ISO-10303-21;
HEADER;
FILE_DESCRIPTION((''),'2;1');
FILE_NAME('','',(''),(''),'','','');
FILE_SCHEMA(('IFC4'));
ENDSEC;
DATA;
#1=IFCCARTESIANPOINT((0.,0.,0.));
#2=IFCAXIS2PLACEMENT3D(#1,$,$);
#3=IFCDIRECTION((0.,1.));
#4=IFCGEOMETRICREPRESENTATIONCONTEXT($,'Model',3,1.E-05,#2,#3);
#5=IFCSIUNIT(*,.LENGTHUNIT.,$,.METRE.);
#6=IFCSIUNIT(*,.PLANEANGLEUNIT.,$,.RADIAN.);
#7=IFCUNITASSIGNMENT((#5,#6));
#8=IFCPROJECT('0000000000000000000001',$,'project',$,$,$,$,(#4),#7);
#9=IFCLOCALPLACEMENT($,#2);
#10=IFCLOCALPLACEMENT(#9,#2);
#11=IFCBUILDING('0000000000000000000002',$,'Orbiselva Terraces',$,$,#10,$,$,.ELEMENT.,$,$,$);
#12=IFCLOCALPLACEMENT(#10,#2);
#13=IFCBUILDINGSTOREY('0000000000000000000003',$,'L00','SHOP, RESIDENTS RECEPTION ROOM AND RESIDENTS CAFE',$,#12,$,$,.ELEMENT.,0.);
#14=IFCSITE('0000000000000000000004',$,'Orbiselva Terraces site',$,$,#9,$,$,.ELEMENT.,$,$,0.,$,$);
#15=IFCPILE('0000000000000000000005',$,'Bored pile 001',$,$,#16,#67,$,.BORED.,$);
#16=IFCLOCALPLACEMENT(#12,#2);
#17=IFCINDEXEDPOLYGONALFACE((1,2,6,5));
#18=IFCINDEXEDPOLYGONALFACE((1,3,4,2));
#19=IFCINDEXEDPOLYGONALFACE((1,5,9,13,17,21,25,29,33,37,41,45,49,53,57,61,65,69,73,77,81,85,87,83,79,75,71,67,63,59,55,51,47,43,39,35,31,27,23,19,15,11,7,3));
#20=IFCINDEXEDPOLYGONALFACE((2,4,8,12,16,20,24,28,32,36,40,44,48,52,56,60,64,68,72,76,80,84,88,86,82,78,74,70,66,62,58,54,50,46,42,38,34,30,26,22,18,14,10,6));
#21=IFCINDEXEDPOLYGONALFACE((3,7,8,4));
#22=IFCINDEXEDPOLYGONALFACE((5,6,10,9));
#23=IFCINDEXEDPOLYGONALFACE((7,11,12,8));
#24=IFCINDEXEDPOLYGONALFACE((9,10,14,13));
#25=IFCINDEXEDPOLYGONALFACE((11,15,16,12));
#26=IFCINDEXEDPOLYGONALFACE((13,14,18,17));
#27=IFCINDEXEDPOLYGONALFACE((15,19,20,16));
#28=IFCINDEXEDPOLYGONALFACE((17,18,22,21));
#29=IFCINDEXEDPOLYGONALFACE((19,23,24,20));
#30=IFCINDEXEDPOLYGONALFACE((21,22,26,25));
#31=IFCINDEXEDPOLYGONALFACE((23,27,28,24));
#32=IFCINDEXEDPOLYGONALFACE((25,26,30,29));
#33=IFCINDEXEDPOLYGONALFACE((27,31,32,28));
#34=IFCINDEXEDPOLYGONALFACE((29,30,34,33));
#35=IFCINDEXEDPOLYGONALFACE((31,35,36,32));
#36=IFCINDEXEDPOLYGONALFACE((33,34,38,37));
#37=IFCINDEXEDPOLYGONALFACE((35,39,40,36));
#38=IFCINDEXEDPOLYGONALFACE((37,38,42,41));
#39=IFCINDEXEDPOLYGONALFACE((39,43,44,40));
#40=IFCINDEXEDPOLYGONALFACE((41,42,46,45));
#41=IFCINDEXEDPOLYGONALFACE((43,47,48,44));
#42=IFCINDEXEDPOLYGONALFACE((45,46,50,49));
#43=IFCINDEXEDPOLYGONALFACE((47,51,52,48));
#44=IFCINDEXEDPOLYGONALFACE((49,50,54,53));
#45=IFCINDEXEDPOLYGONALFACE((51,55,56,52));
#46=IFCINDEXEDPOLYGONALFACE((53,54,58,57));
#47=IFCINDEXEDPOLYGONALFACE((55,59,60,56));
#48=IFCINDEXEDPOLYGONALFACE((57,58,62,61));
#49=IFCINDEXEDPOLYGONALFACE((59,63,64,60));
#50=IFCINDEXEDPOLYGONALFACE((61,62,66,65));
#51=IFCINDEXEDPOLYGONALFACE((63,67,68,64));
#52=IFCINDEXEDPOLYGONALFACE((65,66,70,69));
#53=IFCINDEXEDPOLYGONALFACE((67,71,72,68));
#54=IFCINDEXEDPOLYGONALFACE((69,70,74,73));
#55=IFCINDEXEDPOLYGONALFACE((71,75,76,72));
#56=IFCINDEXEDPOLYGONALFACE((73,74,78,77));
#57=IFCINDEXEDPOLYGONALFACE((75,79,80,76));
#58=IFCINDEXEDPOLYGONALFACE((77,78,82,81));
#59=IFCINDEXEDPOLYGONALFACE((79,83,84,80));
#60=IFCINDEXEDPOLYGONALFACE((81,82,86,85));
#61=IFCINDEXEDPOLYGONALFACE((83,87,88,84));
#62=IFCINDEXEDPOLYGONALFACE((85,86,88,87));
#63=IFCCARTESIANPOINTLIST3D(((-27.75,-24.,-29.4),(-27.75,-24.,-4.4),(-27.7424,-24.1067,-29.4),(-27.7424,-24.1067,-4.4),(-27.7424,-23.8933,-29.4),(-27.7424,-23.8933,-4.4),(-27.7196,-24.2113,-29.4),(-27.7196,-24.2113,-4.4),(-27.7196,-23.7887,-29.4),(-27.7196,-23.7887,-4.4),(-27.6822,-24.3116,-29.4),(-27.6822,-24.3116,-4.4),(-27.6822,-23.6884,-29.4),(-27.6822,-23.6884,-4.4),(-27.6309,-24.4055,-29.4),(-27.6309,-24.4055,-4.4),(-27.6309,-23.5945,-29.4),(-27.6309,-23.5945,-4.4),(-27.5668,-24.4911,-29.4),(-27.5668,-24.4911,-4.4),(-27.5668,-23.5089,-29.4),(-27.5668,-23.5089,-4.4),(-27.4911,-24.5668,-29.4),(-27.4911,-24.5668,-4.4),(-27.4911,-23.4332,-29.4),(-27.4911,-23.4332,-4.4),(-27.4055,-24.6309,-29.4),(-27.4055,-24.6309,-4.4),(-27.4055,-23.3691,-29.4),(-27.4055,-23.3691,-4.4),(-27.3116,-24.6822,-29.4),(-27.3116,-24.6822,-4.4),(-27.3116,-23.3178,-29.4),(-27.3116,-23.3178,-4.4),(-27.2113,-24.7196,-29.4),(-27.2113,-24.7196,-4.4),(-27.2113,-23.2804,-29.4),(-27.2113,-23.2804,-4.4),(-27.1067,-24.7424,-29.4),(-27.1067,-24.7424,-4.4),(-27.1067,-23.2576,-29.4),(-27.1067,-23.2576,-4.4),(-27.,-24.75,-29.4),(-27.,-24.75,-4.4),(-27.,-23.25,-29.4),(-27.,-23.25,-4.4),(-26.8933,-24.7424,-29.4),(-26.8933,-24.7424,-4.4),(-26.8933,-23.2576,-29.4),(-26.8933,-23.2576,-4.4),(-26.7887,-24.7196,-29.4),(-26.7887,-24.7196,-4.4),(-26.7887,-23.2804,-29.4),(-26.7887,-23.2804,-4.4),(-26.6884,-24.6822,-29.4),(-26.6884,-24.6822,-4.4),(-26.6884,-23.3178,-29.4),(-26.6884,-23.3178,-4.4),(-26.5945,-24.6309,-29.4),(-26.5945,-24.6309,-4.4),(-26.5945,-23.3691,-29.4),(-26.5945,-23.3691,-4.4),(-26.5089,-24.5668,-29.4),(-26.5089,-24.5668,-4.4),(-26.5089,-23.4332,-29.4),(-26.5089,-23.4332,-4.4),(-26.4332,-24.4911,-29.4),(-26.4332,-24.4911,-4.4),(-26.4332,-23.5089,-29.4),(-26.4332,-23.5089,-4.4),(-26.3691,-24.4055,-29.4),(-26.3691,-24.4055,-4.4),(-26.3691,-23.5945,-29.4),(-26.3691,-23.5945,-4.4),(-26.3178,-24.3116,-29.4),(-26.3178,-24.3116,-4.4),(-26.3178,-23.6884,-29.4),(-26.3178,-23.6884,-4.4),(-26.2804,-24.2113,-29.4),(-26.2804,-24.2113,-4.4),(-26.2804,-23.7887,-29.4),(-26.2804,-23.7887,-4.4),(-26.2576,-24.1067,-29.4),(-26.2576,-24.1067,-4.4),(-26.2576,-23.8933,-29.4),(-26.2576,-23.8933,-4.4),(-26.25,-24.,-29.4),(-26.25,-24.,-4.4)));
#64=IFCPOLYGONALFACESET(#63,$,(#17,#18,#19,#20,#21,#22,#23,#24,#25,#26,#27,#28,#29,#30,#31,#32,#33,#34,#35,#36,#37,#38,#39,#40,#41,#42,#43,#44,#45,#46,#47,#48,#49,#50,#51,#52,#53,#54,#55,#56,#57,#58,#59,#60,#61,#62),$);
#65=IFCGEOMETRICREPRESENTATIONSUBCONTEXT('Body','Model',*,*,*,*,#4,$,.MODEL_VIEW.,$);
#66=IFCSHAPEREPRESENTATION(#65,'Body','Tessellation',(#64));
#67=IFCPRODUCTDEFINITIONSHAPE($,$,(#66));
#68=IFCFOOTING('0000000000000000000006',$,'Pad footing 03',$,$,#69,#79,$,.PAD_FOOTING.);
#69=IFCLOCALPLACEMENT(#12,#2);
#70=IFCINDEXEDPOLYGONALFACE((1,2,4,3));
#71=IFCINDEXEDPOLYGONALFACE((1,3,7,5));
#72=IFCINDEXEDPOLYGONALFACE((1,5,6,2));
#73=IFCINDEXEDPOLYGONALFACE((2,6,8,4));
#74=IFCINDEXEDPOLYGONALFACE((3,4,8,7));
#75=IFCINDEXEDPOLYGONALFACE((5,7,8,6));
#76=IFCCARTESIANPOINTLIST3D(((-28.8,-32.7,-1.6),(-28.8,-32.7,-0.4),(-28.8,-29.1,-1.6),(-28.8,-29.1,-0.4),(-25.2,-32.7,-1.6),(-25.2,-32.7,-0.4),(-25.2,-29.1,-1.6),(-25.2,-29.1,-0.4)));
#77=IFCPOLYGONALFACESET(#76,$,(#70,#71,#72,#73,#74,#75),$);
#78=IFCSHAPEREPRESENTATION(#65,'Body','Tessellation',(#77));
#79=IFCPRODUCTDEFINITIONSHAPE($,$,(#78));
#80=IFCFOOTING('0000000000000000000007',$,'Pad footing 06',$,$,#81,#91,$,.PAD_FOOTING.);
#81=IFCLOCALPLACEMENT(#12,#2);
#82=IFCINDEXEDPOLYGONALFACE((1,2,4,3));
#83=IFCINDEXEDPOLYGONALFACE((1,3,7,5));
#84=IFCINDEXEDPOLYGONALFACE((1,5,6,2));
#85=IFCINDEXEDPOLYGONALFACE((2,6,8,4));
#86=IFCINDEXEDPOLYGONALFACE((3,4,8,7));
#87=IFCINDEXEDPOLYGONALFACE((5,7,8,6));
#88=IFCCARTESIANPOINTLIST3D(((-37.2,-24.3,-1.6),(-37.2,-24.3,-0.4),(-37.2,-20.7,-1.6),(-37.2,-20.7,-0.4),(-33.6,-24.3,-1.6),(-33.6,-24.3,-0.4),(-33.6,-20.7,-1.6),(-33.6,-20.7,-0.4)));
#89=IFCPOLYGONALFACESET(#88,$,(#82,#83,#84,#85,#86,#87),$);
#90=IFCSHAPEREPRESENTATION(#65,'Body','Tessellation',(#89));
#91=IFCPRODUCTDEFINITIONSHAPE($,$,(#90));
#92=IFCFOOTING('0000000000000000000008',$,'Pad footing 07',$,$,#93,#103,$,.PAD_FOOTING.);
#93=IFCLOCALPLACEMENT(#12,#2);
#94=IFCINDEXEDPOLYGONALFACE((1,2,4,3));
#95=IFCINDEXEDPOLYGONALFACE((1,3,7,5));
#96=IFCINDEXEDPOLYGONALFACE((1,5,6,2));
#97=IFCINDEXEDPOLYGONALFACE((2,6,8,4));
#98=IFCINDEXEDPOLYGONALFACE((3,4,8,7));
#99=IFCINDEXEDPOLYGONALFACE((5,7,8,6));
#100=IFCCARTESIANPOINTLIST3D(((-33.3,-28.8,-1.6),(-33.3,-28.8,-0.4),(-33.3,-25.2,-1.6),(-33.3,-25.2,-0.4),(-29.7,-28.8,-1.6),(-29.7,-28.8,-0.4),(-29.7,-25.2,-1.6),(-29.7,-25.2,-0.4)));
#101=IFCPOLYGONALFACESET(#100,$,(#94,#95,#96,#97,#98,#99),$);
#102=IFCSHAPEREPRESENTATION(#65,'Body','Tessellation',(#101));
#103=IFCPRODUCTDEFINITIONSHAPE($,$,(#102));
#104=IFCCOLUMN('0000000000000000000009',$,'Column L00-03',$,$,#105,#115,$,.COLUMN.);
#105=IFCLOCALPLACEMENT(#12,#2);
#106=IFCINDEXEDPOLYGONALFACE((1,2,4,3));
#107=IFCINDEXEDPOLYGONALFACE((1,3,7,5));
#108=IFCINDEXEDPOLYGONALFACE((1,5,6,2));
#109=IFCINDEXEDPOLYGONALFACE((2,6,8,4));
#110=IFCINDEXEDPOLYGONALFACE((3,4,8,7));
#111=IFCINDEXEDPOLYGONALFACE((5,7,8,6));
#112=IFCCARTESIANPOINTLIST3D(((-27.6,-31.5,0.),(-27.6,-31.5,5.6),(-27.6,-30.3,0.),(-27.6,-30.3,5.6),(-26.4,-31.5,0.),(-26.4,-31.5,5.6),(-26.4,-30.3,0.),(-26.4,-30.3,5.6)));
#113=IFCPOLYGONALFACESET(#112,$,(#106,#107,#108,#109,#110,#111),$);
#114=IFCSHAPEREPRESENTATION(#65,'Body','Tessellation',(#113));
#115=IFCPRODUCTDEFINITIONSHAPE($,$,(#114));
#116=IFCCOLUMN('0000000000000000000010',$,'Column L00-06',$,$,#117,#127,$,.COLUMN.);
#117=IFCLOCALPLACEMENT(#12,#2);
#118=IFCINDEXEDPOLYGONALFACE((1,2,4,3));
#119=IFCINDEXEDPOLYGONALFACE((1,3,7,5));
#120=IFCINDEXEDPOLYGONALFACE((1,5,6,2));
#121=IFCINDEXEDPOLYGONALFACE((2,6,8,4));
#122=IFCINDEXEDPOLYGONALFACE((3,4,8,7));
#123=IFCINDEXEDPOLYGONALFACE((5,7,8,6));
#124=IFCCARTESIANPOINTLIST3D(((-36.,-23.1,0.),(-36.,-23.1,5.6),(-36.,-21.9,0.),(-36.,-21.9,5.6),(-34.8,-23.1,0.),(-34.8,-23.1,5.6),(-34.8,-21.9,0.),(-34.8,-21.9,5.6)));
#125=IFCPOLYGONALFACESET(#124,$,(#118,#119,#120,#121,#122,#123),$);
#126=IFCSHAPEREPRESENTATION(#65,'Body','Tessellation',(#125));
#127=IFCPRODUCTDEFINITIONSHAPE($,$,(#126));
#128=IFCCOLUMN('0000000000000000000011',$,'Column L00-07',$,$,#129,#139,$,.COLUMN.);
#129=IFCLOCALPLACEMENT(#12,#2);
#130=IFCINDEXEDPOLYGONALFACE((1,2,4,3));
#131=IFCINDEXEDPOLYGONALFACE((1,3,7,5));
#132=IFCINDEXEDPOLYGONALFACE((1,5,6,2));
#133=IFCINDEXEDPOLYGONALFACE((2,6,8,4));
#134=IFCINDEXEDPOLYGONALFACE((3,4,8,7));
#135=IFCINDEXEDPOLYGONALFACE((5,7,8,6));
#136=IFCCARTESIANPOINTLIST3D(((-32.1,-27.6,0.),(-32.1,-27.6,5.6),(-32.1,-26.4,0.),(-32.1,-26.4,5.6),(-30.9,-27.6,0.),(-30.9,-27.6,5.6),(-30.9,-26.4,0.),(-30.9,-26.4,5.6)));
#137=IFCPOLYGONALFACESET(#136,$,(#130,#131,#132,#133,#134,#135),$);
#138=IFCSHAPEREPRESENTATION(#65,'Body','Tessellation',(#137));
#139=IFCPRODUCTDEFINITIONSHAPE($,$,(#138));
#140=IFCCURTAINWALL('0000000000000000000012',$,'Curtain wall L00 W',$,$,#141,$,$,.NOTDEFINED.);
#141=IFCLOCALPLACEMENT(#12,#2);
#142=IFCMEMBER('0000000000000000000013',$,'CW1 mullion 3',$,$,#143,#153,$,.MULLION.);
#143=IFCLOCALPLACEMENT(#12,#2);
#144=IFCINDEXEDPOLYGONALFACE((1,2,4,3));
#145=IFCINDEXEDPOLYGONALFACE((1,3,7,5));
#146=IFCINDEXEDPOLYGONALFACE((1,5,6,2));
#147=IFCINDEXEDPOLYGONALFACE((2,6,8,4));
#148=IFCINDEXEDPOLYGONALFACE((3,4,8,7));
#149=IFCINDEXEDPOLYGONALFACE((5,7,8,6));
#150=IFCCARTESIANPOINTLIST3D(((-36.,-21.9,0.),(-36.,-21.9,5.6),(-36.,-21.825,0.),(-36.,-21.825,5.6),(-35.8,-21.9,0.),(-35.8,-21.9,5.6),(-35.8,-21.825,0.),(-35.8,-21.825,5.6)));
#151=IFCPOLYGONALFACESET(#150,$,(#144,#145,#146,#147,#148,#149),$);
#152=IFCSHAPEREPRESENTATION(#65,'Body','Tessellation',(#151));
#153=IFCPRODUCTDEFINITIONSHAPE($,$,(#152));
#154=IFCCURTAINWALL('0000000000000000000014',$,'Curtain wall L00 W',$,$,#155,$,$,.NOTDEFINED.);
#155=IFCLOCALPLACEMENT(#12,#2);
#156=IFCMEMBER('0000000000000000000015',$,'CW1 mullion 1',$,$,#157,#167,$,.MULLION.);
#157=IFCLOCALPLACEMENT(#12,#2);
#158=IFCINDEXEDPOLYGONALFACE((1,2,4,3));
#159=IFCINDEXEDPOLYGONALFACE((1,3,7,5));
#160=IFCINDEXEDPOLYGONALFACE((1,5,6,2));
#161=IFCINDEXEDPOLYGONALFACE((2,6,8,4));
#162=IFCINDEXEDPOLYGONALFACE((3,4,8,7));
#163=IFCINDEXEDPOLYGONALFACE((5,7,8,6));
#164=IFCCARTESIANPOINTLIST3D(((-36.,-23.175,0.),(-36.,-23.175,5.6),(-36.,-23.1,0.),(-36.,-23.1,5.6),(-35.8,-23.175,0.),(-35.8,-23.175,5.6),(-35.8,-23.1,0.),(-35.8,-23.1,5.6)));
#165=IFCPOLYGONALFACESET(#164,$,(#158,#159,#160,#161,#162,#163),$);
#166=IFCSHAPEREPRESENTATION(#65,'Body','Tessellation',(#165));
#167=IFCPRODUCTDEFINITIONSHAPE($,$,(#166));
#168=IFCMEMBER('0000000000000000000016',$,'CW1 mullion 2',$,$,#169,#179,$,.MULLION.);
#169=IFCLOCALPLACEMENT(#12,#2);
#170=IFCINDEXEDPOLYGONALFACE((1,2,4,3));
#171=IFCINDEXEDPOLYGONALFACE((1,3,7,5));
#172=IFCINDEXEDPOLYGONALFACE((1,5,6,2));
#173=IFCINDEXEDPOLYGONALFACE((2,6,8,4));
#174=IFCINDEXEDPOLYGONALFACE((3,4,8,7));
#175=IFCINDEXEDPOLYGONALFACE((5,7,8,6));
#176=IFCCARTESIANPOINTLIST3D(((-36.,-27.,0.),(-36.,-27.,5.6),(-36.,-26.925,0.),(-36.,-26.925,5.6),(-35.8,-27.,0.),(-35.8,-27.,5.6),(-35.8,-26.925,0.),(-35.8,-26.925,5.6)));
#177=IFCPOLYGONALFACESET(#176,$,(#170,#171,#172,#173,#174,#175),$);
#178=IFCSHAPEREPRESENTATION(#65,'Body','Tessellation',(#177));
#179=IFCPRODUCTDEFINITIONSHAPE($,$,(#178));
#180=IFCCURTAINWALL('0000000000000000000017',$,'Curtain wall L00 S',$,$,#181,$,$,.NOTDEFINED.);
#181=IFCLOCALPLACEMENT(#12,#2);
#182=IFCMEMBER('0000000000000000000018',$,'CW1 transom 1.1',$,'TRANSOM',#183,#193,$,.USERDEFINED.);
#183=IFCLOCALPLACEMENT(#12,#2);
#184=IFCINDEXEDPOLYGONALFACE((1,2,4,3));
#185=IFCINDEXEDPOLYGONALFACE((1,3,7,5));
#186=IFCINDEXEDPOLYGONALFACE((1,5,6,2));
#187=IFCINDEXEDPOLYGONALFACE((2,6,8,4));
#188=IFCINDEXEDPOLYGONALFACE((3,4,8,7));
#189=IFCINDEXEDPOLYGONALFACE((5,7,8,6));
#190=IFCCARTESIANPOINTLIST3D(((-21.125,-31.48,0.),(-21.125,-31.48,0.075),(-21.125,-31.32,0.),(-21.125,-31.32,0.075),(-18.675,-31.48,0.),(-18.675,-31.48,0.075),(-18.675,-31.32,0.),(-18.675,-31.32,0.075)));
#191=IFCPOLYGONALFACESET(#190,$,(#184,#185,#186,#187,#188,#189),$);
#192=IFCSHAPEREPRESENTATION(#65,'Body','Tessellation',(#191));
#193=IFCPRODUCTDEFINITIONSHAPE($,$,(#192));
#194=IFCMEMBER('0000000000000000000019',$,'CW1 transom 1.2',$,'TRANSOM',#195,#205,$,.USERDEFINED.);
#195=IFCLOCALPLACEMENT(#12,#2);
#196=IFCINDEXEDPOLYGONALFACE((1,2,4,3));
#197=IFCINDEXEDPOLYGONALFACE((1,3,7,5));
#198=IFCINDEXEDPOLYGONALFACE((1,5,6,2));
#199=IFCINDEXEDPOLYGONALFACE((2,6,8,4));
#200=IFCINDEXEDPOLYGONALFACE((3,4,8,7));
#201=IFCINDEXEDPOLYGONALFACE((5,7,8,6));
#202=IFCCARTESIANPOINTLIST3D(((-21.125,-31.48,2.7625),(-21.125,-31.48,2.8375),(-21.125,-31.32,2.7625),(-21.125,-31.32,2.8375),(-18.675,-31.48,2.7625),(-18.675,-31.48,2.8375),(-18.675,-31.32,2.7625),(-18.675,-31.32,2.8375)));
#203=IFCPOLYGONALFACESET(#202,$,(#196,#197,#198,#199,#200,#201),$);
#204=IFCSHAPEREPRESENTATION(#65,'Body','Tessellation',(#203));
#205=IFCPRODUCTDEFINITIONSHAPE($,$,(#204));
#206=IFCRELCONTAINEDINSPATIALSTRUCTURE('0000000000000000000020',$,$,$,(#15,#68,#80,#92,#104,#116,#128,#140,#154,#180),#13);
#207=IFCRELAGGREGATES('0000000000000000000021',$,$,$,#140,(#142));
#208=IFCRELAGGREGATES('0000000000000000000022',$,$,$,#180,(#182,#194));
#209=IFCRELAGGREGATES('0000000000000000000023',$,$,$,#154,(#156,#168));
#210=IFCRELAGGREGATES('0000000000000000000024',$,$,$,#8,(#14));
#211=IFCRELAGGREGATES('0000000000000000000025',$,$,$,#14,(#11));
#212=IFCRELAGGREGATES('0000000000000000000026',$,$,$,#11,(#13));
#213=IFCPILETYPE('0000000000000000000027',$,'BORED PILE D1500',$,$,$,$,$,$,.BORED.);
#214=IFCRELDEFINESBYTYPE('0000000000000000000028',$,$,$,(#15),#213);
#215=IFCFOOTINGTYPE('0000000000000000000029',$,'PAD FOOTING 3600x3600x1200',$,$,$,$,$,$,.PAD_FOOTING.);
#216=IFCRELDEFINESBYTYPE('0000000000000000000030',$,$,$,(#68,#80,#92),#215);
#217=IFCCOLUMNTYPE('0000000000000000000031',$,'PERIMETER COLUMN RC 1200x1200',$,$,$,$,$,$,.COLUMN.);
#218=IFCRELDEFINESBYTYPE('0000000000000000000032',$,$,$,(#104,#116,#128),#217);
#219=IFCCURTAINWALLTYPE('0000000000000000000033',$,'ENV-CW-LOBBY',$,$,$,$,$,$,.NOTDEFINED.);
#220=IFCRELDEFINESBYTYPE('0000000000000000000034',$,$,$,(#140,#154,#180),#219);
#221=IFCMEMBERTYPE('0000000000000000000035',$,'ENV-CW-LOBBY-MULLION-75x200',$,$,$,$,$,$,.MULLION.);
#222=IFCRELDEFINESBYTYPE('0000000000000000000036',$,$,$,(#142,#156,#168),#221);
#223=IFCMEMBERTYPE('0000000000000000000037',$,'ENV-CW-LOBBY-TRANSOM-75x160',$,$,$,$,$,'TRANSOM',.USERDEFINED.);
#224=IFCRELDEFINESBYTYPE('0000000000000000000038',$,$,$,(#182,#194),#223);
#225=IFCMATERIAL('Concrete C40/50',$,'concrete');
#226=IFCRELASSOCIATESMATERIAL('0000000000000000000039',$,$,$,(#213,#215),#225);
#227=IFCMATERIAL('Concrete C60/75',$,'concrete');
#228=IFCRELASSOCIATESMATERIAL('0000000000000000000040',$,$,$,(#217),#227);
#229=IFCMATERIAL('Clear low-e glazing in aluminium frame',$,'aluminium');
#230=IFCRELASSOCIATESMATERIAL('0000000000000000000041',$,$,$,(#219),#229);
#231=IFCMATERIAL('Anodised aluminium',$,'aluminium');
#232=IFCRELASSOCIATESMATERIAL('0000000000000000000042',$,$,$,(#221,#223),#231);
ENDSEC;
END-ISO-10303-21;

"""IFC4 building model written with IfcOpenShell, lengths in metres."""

from ifc_helpers import new_model, si_unit, direction, frame, origin, origin_2d, place, context, subcontext, project, spatial, rectangle, circle, extrude, material, material_profile, profile_set, type_object, element, aggregate, save


model = new_model("IFC4")

# Units and contexts
model_context = context("Model", 3, precision=1e-05, world=origin(), true_north=direction((0.0, 1.0)))
body_context = subcontext(model_context, "Body", "Model", "MODEL_VIEW")
ifc_project = project(units=[si_unit("LENGTHUNIT", "METRE"), si_unit("PLANEANGLEUNIT", "RADIAN")], contexts=[model_context])

# Site, building, storey
site_placement = place(None, origin())
site = spatial("IfcSite", under=ifc_project, at=site_placement, Name="Orbiselva Terraces site", CompositionType="ELEMENT", RefElevation=0.0)
building_placement = place(site_placement, origin())
building = spatial("IfcBuilding", under=site, at=building_placement, Name="Orbiselva Terraces", CompositionType="ELEMENT")
storey_placement = place(building_placement, origin())
storey = spatial("IfcBuildingStorey", under=building, at=storey_placement, Name="L00", Description="SHOP, RESIDENTS RECEPTION ROOM AND RESIDENTS CAFE", CompositionType="ELEMENT", Elevation=0.0)

# Pile
ifc_material_1 = material(Name="Concrete C40/50", Category="concrete")
ifc_material_profile_1 = material_profile(ifc_material_1, circle(Radius=0.75, at=origin_2d()), Name="D1500")
ifc_profile_set_1 = profile_set([ifc_material_profile_1], Name="Concrete C40/50")
pile_type = type_object("IfcPileType", Name="BORED PILE D1500", PredefinedType="BORED", material=ifc_profile_set_1)
pile_placement = place(storey_placement, frame((-27.0, -24.0, -4.4), z_axis=(0.0, 0.0, -1.0), x_axis=(1.0, 0.0, 0.0)))
element("IfcPile", 1, at=pile_placement, inside=storey, type_object=pile_type, Name="Bored pile 001", PredefinedType="BORED", context=body_context, shape_type="SweptSolid", body=[
    extrude(circle(Radius=0.75, at=origin_2d()), origin(), (0.0, 0.0, 1.0), 25.0),
])

# Footings
footing_type = type_object("IfcFootingType", Name="PAD FOOTING 3600x3600x1200", PredefinedType="PAD_FOOTING", material=ifc_material_1)
for number, where, z_axis, x_axis, name in (
    (2, (-27.0, -30.9, -1.6), (0.0, 0.0, 1.0), (1.0, 0.0, 0.0), "Pad footing 03"),
    (3, (-35.4, -22.5, -1.6), (0.0, 0.0, 1.0), (1.0, 0.0, 0.0), "Pad footing 06"),
    (4, (-31.5, -27.0, -1.6), (0.0, 0.0, 1.0), (1.0, 0.0, 0.0), "Pad footing 07"),
):
    element("IfcFooting", number, at=place(storey_placement, frame(where, z_axis=z_axis, x_axis=x_axis)), inside=storey, type_object=footing_type, Name=name, PredefinedType="PAD_FOOTING", context=body_context, shape_type="SweptSolid", body=[
        extrude(rectangle(XDim=3.6, YDim=3.6, at=origin_2d()), origin(), (0.0, 0.0, 1.0), 1.2),
    ])

# Columns
ifc_material_2 = material(Name="Concrete C60/75", Category="concrete")
ifc_material_profile_2 = material_profile(ifc_material_2, rectangle(XDim=1.2, YDim=1.2, at=origin_2d()), Name="RC 1200x1200")
ifc_profile_set_2 = profile_set([ifc_material_profile_2], Name="Concrete C60/75")
column_type = type_object("IfcColumnType", Name="PERIMETER COLUMN RC 1200x1200", PredefinedType="COLUMN", material=ifc_profile_set_2)
for number, where, z_axis, x_axis, name in (
    (5, (-27.0, -30.9, 0.0), (0.0, 0.0, 1.0), (1.0, 0.0, 0.0), "Column L00-03"),
    (6, (-35.4, -22.5, 0.0), (0.0, 0.0, 1.0), (1.0, 0.0, 0.0), "Column L00-06"),
    (7, (-31.5, -27.0, 0.0), (0.0, 0.0, 1.0), (1.0, 0.0, 0.0), "Column L00-07"),
):
    element("IfcColumn", number, at=place(storey_placement, frame(where, z_axis=z_axis, x_axis=x_axis)), inside=storey, type_object=column_type, Name=name, PredefinedType="COLUMN", context=body_context, shape_type="SweptSolid", body=[
        extrude(rectangle(XDim=1.2, YDim=1.2, at=origin_2d()), origin(), (0.0, 0.0, 1.0), 5.6),
    ])

# Curtain wall, member
ifc_material_3 = material(Name="Clear low-e glazing in aluminium frame", Category="aluminium")
curtain_wall_type = type_object("IfcCurtainWallType", Name="ENV-CW-LOBBY", PredefinedType="NOTDEFINED", material=ifc_material_3)
curtain_wall_1_placement = place(storey_placement, origin())
curtain_wall_1 = element("IfcCurtainWall", 8, at=curtain_wall_1_placement, inside=storey, type_object=curtain_wall_type, Name="Curtain wall L00 W", PredefinedType="NOTDEFINED")
ifc_material_4 = material(Name="Anodised aluminium", Category="aluminium")
ifc_material_profile_3 = material_profile(ifc_material_4, rectangle(XDim=0.2, YDim=0.075, at=origin_2d()), Name="AL 75x200")
ifc_profile_set_3 = profile_set([ifc_material_profile_3], Name="Anodised aluminium")
member_type_1 = type_object("IfcMemberType", Name="ENV-CW-LOBBY-MULLION-75x200", PredefinedType="MULLION", material=ifc_profile_set_3)
member_1_placement = place(storey_placement, frame((-35.9, -21.8625, 0.0), z_axis=(0.0, 0.0, 1.0), x_axis=(1.0, 0.0, 0.0)))
member_1 = element("IfcMember", 9, at=member_1_placement, type_object=member_type_1, Name="CW1 mullion 3", PredefinedType="MULLION", context=body_context, shape_type="SweptSolid", body=[
    extrude(rectangle(XDim=0.2, YDim=0.075, at=origin_2d()), origin(), (0.0, 0.0, 1.0), 5.6),
])
aggregate(curtain_wall_1, [member_1])

# Curtain walls, members
curtain_wall_2_placement = place(storey_placement, origin())
curtain_wall_2 = element("IfcCurtainWall", 10, at=curtain_wall_2_placement, inside=storey, type_object=curtain_wall_type, Name="Curtain wall L00 W", PredefinedType="NOTDEFINED")
member_2_placement = place(storey_placement, frame((-35.9, -23.1375, 0.0), z_axis=(0.0, 0.0, 1.0), x_axis=(1.0, 0.0, 0.0)))
member_2 = element("IfcMember", 11, at=member_2_placement, type_object=member_type_1, Name="CW1 mullion 1", PredefinedType="MULLION", context=body_context, shape_type="SweptSolid", body=[
    extrude(rectangle(XDim=0.2, YDim=0.075, at=origin_2d()), origin(), (0.0, 0.0, 1.0), 5.6),
])
member_3_placement = place(storey_placement, frame((-35.9, -26.9625, 0.0), z_axis=(0.0, 0.0, 1.0), x_axis=(1.0, 0.0, 0.0)))
member_3 = element("IfcMember", 12, at=member_3_placement, type_object=member_type_1, Name="CW1 mullion 2", PredefinedType="MULLION", context=body_context, shape_type="SweptSolid", body=[
    extrude(rectangle(XDim=0.2, YDim=0.075, at=origin_2d()), origin(), (0.0, 0.0, 1.0), 5.6),
])
curtain_wall_3_placement = place(storey_placement, origin())
curtain_wall_3 = element("IfcCurtainWall", 13, at=curtain_wall_3_placement, inside=storey, type_object=curtain_wall_type, Name="Curtain wall L00 S", PredefinedType="NOTDEFINED")
ifc_material_profile_4 = material_profile(ifc_material_4, rectangle(XDim=0.16, YDim=0.075, at=origin_2d()), Name="AL 75x160")
ifc_profile_set_4 = profile_set([ifc_material_profile_4], Name="Anodised aluminium")
member_type_2 = type_object("IfcMemberType", Name="ENV-CW-LOBBY-TRANSOM-75x160", ElementType="TRANSOM", PredefinedType="USERDEFINED", material=ifc_profile_set_4)
member_4_placement = place(storey_placement, frame((-21.125, -31.4, 0.0375), z_axis=(1.0, 0.0, 0.0), x_axis=(0.0, 1.0, 0.0)))
member_4 = element("IfcMember", 14, at=member_4_placement, type_object=member_type_2, Name="CW1 transom 1.1", ObjectType="TRANSOM", PredefinedType="USERDEFINED", context=body_context, shape_type="SweptSolid", body=[
    extrude(rectangle(XDim=0.16, YDim=0.075, at=origin_2d()), origin(), (0.0, 0.0, 1.0), 2.45),
])
member_5_placement = place(storey_placement, frame((-21.125, -31.4, 2.8), z_axis=(1.0, 0.0, 0.0), x_axis=(0.0, 1.0, 0.0)))
member_5 = element("IfcMember", 15, at=member_5_placement, type_object=member_type_2, Name="CW1 transom 1.2", ObjectType="TRANSOM", PredefinedType="USERDEFINED", context=body_context, shape_type="SweptSolid", body=[
    extrude(rectangle(XDim=0.16, YDim=0.075, at=origin_2d()), origin(), (0.0, 0.0, 1.0), 2.45),
])
aggregate(curtain_wall_3, [member_4, member_5])

aggregate(curtain_wall_2, [member_2, member_3])

save(model, "model.ifc")
